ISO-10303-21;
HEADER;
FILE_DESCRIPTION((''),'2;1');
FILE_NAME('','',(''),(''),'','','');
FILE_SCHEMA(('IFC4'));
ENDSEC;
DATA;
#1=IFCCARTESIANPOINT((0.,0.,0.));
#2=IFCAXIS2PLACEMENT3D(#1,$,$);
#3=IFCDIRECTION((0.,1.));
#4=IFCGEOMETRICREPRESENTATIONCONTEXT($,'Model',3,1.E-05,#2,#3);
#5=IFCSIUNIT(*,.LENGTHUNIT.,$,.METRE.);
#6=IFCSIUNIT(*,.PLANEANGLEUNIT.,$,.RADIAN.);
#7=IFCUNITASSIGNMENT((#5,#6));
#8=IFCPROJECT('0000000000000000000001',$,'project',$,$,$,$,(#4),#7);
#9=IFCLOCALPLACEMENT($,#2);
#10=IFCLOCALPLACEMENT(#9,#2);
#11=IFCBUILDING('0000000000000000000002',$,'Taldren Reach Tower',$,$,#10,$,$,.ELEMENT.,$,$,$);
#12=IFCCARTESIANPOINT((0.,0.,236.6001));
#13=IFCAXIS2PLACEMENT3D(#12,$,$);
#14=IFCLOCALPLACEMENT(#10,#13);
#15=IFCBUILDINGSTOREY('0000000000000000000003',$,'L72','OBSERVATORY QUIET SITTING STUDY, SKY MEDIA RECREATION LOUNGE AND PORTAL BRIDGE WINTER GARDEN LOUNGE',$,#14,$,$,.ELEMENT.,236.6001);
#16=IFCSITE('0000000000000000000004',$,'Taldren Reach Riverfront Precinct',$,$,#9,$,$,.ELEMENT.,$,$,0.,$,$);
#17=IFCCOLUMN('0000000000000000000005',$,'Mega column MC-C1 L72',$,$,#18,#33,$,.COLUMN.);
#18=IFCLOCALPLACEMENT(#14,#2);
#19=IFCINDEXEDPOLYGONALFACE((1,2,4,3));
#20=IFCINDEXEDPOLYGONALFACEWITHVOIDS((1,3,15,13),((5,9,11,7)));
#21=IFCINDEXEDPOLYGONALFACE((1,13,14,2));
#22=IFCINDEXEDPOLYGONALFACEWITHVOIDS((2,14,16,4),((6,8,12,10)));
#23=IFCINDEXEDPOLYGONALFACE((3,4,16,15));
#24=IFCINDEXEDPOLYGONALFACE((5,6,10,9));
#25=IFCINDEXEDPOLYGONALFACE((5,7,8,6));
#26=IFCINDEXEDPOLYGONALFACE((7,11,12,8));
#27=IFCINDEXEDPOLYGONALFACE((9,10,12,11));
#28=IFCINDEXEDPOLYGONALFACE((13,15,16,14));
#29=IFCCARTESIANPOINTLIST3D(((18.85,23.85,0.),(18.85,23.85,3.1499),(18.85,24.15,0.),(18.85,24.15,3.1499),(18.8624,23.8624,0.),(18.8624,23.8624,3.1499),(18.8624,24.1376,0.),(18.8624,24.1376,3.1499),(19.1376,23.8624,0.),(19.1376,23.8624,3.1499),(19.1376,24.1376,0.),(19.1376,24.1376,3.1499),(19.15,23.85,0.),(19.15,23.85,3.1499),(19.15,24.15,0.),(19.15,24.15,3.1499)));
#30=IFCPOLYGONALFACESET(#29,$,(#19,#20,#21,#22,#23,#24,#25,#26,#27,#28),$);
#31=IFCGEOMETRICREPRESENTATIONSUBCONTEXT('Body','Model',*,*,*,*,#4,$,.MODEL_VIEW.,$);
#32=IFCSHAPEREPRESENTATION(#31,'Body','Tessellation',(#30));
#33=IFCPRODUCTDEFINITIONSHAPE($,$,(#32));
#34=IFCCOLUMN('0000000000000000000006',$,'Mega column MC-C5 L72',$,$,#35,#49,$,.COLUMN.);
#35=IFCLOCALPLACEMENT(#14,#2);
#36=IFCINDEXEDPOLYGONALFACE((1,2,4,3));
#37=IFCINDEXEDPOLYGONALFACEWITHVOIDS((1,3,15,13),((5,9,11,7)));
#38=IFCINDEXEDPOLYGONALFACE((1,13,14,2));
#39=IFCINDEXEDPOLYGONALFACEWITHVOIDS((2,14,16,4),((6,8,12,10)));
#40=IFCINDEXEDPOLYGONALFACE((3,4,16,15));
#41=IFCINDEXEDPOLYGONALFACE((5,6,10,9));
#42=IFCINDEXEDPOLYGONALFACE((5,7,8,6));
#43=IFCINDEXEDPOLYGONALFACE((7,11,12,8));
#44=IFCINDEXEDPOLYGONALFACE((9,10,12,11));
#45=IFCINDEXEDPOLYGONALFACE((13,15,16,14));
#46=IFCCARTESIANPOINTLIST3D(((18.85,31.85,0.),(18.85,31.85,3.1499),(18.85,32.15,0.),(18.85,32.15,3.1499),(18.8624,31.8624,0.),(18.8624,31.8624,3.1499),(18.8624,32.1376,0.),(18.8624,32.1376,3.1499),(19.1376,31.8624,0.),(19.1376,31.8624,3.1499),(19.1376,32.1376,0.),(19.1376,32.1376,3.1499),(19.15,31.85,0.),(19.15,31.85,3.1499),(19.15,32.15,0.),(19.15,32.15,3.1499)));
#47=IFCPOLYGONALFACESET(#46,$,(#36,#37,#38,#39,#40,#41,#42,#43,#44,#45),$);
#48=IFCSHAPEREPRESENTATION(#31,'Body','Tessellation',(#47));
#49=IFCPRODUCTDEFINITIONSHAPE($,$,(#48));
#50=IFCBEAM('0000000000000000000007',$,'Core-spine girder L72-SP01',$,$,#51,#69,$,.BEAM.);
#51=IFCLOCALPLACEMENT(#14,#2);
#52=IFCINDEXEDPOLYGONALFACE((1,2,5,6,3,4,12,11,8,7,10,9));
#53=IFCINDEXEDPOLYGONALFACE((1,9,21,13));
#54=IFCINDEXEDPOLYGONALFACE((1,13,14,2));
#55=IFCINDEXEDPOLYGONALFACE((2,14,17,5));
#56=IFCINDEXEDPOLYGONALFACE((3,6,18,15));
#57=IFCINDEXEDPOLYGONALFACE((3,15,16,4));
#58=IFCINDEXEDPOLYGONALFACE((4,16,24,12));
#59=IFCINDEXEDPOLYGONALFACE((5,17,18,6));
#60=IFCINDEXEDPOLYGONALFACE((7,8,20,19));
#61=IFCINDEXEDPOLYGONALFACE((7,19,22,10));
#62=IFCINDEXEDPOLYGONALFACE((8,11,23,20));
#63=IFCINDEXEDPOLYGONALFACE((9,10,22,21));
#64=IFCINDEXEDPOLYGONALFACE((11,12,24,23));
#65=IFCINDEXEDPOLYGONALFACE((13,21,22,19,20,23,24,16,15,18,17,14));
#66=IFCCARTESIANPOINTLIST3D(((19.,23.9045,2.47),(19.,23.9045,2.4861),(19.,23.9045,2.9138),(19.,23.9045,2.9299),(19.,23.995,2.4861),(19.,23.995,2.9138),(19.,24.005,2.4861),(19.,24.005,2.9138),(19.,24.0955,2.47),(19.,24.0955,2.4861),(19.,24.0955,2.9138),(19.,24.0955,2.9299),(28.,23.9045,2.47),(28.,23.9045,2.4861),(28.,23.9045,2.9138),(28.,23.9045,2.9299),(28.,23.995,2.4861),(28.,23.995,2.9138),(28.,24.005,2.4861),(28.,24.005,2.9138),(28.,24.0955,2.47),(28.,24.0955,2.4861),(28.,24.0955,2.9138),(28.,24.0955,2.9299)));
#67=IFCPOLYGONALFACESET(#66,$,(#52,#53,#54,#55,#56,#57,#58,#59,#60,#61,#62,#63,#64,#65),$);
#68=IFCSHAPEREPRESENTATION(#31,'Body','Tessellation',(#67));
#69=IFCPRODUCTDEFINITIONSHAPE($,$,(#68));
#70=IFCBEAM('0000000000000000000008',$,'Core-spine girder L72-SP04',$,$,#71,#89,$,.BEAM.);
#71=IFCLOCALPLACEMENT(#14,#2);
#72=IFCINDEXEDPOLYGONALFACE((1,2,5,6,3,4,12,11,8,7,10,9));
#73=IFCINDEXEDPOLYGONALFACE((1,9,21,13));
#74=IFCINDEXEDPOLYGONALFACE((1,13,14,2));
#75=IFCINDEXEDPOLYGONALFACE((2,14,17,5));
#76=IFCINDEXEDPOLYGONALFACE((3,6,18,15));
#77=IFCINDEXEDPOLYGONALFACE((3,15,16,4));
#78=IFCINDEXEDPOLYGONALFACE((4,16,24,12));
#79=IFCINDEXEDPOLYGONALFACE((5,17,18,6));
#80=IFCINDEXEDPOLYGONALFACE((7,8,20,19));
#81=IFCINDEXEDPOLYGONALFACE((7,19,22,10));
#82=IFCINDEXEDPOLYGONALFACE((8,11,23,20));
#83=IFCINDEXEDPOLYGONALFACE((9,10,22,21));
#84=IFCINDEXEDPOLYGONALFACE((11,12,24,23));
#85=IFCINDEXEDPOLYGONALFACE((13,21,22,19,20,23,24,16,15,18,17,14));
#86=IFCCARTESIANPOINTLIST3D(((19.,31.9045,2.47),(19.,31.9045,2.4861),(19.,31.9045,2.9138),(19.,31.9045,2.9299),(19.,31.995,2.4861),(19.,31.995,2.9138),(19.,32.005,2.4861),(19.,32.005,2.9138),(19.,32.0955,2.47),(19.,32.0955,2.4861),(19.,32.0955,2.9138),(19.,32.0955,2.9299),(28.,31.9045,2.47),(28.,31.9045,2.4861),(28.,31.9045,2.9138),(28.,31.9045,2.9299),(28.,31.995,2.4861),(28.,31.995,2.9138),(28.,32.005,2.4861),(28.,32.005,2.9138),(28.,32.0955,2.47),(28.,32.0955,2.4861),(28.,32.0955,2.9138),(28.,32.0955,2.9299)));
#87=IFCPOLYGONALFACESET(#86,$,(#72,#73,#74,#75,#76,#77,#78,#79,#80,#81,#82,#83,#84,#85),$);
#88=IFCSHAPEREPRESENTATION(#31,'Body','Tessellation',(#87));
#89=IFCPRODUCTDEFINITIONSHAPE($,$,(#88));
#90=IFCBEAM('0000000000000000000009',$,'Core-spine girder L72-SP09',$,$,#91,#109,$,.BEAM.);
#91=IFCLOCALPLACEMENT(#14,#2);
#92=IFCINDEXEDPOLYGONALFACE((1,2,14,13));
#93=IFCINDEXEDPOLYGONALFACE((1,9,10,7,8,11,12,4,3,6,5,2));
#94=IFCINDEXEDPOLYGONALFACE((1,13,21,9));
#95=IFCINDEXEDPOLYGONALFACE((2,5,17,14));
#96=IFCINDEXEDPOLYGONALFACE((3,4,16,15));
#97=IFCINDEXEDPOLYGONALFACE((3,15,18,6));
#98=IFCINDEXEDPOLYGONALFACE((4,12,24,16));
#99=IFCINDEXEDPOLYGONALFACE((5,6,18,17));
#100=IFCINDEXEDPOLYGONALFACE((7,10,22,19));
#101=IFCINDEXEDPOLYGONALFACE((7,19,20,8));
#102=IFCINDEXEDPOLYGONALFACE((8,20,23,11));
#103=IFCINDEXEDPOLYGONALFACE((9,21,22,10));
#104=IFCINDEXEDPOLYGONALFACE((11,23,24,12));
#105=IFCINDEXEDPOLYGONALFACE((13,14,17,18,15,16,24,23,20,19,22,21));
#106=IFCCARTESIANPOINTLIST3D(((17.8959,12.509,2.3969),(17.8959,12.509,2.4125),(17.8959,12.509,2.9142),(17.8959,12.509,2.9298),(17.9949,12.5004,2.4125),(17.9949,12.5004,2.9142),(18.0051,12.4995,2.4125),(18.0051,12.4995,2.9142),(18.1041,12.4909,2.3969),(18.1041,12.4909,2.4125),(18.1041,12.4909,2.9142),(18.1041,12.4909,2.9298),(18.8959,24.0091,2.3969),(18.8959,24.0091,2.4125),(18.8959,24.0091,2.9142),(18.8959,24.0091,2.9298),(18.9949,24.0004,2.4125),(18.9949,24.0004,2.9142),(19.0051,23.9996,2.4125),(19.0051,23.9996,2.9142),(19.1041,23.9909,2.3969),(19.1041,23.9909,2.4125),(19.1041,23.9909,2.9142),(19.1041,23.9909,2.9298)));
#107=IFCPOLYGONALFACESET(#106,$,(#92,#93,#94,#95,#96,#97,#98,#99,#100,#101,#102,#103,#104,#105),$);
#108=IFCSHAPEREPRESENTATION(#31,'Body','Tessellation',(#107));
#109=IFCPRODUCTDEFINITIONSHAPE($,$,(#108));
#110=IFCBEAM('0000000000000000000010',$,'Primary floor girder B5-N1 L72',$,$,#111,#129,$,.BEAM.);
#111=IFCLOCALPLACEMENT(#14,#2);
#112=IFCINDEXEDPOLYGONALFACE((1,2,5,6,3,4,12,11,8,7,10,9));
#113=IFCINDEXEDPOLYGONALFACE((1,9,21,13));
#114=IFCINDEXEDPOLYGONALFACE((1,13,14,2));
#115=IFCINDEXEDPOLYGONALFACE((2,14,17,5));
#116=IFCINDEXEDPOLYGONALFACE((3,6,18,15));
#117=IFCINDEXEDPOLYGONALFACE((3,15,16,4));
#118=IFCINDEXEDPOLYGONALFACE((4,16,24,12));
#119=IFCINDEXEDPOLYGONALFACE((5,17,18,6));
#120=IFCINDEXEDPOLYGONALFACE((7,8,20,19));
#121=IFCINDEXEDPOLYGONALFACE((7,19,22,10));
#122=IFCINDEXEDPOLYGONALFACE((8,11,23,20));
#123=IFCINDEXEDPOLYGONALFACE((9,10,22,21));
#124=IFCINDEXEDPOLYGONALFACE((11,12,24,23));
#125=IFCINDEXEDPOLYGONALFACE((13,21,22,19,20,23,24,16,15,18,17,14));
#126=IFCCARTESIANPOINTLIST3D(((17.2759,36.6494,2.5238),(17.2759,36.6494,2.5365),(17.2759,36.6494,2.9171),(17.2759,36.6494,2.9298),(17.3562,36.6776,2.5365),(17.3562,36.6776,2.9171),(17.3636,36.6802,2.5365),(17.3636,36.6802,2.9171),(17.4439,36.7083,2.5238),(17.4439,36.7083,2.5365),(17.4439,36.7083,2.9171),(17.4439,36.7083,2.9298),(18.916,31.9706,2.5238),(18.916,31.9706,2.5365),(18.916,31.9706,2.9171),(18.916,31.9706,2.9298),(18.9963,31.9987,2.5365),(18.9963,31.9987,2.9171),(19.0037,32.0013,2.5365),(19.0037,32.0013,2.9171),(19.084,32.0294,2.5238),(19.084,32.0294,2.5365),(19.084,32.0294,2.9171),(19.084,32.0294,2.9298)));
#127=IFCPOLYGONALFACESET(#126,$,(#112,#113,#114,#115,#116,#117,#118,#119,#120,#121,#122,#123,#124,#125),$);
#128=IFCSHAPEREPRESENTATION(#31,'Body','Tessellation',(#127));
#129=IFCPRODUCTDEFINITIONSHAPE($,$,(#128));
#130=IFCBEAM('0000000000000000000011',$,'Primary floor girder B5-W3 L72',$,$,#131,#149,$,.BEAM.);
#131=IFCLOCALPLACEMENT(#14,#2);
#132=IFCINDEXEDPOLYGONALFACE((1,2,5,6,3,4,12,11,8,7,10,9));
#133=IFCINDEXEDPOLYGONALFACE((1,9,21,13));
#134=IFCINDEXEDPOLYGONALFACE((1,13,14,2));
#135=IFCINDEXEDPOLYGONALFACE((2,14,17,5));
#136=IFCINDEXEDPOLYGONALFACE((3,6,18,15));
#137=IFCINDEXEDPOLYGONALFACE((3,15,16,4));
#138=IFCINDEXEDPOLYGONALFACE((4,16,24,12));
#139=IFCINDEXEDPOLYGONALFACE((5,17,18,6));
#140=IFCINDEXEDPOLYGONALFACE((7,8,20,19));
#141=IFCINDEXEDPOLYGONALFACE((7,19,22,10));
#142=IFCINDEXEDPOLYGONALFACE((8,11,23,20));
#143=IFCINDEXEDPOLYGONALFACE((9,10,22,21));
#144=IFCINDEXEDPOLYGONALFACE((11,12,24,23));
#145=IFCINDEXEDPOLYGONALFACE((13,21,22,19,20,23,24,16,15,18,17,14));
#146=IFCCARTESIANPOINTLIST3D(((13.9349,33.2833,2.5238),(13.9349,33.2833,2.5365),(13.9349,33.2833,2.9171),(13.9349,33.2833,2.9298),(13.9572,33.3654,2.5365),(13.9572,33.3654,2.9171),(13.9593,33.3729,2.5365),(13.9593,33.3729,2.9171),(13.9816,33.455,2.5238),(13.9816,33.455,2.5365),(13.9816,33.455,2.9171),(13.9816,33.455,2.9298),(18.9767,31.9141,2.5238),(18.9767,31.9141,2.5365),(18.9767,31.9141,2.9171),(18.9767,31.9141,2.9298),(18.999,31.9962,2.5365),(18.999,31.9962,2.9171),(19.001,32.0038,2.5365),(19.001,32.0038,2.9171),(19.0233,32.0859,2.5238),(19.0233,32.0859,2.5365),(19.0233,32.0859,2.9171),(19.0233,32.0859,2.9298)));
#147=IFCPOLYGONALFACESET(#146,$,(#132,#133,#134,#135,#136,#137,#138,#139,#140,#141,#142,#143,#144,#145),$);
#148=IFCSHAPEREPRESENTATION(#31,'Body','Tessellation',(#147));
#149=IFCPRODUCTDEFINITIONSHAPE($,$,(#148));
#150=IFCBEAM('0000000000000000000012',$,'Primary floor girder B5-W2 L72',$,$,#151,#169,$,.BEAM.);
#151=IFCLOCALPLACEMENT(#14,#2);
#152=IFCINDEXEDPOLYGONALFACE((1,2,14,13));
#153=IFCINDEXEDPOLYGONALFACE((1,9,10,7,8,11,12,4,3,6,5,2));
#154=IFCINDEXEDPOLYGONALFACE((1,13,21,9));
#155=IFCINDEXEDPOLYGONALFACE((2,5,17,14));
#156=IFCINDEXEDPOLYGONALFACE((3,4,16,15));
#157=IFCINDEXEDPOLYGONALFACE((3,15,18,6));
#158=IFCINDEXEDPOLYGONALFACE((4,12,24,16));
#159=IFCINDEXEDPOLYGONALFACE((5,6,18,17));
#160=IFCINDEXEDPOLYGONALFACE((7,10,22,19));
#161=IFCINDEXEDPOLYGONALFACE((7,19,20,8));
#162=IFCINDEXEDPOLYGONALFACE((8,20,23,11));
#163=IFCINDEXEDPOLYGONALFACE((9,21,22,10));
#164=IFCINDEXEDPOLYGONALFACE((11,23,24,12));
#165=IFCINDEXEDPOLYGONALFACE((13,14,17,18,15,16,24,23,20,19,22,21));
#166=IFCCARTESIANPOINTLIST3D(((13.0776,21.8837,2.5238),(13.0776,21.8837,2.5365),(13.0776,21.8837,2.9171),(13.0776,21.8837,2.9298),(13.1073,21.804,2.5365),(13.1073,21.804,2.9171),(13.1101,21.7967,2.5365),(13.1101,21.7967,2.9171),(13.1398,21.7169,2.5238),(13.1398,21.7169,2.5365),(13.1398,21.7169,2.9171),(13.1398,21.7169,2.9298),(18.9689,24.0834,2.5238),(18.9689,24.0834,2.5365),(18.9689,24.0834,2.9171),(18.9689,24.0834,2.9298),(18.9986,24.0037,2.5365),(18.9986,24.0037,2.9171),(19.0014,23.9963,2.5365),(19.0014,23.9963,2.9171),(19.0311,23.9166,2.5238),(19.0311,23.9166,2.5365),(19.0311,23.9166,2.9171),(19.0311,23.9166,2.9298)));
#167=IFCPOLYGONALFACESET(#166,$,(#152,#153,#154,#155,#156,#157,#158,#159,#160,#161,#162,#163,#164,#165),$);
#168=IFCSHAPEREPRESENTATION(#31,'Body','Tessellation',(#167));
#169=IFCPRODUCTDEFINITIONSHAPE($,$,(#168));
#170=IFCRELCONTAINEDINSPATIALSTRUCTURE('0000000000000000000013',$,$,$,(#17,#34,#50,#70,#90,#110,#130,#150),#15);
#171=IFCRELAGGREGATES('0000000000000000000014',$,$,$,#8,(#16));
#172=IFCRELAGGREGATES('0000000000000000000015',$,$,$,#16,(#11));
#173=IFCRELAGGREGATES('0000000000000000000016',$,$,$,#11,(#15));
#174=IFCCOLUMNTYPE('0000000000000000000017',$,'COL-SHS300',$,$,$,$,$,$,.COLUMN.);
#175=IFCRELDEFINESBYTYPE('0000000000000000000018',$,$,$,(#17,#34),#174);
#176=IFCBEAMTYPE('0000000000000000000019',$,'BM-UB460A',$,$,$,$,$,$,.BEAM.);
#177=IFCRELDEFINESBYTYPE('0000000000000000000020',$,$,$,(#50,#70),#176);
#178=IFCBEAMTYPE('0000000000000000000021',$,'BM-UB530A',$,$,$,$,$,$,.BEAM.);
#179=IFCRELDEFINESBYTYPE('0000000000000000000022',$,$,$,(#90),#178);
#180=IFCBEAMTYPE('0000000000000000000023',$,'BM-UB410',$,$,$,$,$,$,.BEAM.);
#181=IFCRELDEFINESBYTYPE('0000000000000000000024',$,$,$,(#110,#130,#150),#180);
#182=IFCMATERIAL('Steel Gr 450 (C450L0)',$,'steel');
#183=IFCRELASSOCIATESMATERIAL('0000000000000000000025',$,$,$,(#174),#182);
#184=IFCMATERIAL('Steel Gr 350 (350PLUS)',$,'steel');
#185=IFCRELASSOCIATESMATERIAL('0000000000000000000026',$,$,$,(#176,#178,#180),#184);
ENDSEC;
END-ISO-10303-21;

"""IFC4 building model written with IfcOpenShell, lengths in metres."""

from ifc_helpers import new_model, si_unit, direction, frame, origin, origin_2d, place, context, subcontext, project, spatial, hollow_rectangle, i_section, extrude, source, transform, mapped, material, material_profile, profile_set, type_object, element, save


model = new_model("IFC4")

# Units and contexts
model_context = context("Model", 3, precision=1e-05, world=origin(), true_north=direction((0.0, 1.0)))
body_context = subcontext(model_context, "Body", "Model", "MODEL_VIEW")
ifc_project = project(units=[si_unit("LENGTHUNIT", "METRE"), si_unit("PLANEANGLEUNIT", "RADIAN")], contexts=[model_context])

# Site, building, storey
site_placement = place(None, origin())
site = spatial("IfcSite", under=ifc_project, at=site_placement, Name="Taldren Reach Riverfront Precinct", CompositionType="ELEMENT", RefElevation=0.0)
building_placement = place(site_placement, origin())
building = spatial("IfcBuilding", under=site, at=building_placement, Name="Taldren Reach Tower", CompositionType="ELEMENT")
storey_placement = place(building_placement, frame((0.0, 0.0, 236.6001)))
storey = spatial("IfcBuildingStorey", under=building, at=storey_placement, Name="L72", Description="OBSERVATORY QUIET SITTING STUDY, SKY MEDIA RECREATION LOUNGE AND PORTAL BRIDGE WINTER GARDEN LOUNGE", CompositionType="ELEMENT", Elevation=236.6001)

# Columns
ifc_material_1 = material(Name="Steel Gr 450 (C450L0)", Category="steel")
ifc_material_profile_1 = material_profile(ifc_material_1, hollow_rectangle(XDim=0.3, YDim=0.3, WallThickness=0.0125, at=origin_2d()), Name="300x300x12.5SHS")
ifc_profile_set_1 = profile_set([ifc_material_profile_1], Name="Steel Gr 450 (C450L0)")
column_type = type_object("IfcColumnType", Name="COL-SHS300", PredefinedType="COLUMN", material=ifc_profile_set_1)
shared_shape_1 = source(origin(), body_context, "Body", "SweptSolid", [
    extrude(hollow_rectangle(XDim=0.3, YDim=0.3, WallThickness=0.0125, at=origin_2d()), origin(), (0.0, 0.0, 1.0), 3.1499),
])
for number, where, z_axis, x_axis, name in (
    (1, (19.0, 24.0, 0.0), (0.0, 0.0, 1.0), (1.0, 0.0, 0.0), "Mega column MC-C1 L72"),
    (2, (19.0, 32.0, 0.0), (0.0, 0.0, 1.0), (1.0, 0.0, 0.0), "Mega column MC-C5 L72"),
):
    element("IfcColumn", number, at=place(storey_placement, frame(where, z_axis=z_axis, x_axis=x_axis)), inside=storey, type_object=column_type, Name=name, PredefinedType="COLUMN", context=body_context, shape_type="MappedRepresentation", body=[
        mapped(shared_shape_1, transform((0.0, 0.0, 0.0), scale=1.0)),
    ])

# Beams
ifc_material_2 = material(Name="Steel Gr 350 (350PLUS)", Category="steel")
ifc_material_profile_2 = material_profile(ifc_material_2, i_section(OverallWidth=0.1909, OverallDepth=0.46, WebThickness=0.01, FlangeThickness=0.0161, at=origin_2d()), Name="460UB82.1")
ifc_profile_set_2 = profile_set([ifc_material_profile_2], Name="Steel Gr 350 (350PLUS)")
beam_type_1 = type_object("IfcBeamType", Name="BM-UB460A", PredefinedType="BEAM", material=ifc_profile_set_2)
shared_shape_2 = source(origin(), body_context, "Body", "SweptSolid", [
    extrude(i_section(OverallWidth=0.1909, OverallDepth=0.46, WebThickness=0.01, FlangeThickness=0.0161, at=origin_2d()), origin(), (0.0, 0.0, 1.0), 9.0),
])
for number, where, z_axis, x_axis, name in (
    (3, (19.0, 24.0, 2.7), (1.0, 0.0, 0.0), (0.0, 1.0, 0.0), "Core-spine girder L72-SP01"),
    (4, (19.0, 32.0, 2.7), (1.0, 0.0, 0.0), (0.0, 1.0, 0.0), "Core-spine girder L72-SP04"),
):
    element("IfcBeam", number, at=place(storey_placement, frame(where, z_axis=z_axis, x_axis=x_axis)), inside=storey, type_object=beam_type_1, Name=name, PredefinedType="BEAM", context=body_context, shape_type="MappedRepresentation", body=[
        mapped(shared_shape_2, transform((0.0, 0.0, 0.0), scale=1.0)),
    ])
ifc_material_profile_3 = material_profile(ifc_material_2, i_section(OverallWidth=0.209, OverallDepth=0.533, WebThickness=0.0103, FlangeThickness=0.0156, at=origin_2d()), Name="530UB92.4")
ifc_profile_set_3 = profile_set([ifc_material_profile_3], Name="Steel Gr 350 (350PLUS)")
beam_type_2 = type_object("IfcBeamType", Name="BM-UB530A", PredefinedType="BEAM", material=ifc_profile_set_3)
shared_shape_3 = source(origin(), body_context, "Body", "SweptSolid", [
    extrude(i_section(OverallWidth=0.209, OverallDepth=0.533, WebThickness=0.0103, FlangeThickness=0.0156, at=origin_2d()), origin(), (0.0, 0.0, 1.0), 11.5435),
])
beam_1_placement = place(storey_placement, frame((19.0, 24.0, 2.6633), z_axis=(-0.08663, -0.996241, 0.0), x_axis=(0.996241, -0.08663, 0.0)))
element("IfcBeam", 5, at=beam_1_placement, inside=storey, type_object=beam_type_2, Name="Core-spine girder L72-SP09", PredefinedType="BEAM", context=body_context, shape_type="MappedRepresentation", body=[
    mapped(shared_shape_3, transform((0.0, 0.0, 0.0), scale=1.0)),
])
ifc_material_profile_4 = material_profile(ifc_material_2, i_section(OverallWidth=0.178, OverallDepth=0.406, WebThickness=0.0078, FlangeThickness=0.0127, at=origin_2d()), Name="410UB59.7")
ifc_profile_set_4 = profile_set([ifc_material_profile_4], Name="Steel Gr 350 (350PLUS)")
beam_type_3 = type_object("IfcBeamType", Name="BM-UB410", PredefinedType="BEAM", material=ifc_profile_set_4)
shared_shape_4 = source(origin(), body_context, "Body", "SweptSolid", [
    extrude(i_section(OverallWidth=0.178, OverallDepth=0.406, WebThickness=0.0078, FlangeThickness=0.0127, at=origin_2d()), origin(), (0.0, 0.0, 1.0), 4.958),
])
beam_2_placement = place(storey_placement, frame((19.0, 32.0, 2.7268), z_axis=(-0.3308, 0.943701, 0.0), x_axis=(-0.943701, -0.3308, 0.0)))
element("IfcBeam", 6, at=beam_2_placement, inside=storey, type_object=beam_type_3, Name="Primary floor girder B5-N1 L72", PredefinedType="BEAM", context=body_context, shape_type="MappedRepresentation", body=[
    mapped(shared_shape_4, transform((0.0, 0.0, 0.0), scale=1.0)),
])
shared_shape_5 = source(origin(), body_context, "Body", "SweptSolid", [
    extrude(i_section(OverallWidth=0.178, OverallDepth=0.406, WebThickness=0.0078, FlangeThickness=0.0127, at=origin_2d()), origin(), (0.0, 0.0, 1.0), 5.2244),
])
beam_3_placement = place(storey_placement, frame((19.0, 32.0, 2.7268), z_axis=(-0.965049, 0.262069, 0.0), x_axis=(-0.262069, -0.965049, 0.0)))
element("IfcBeam", 7, at=beam_3_placement, inside=storey, type_object=beam_type_3, Name="Primary floor girder B5-W3 L72", PredefinedType="BEAM", context=body_context, shape_type="MappedRepresentation", body=[
    mapped(shared_shape_5, transform((0.0, 0.0, 0.0), scale=1.0)),
])
shared_shape_6 = source(origin(), body_context, "Body", "SweptSolid", [
    extrude(i_section(OverallWidth=0.178, OverallDepth=0.406, WebThickness=0.0078, FlangeThickness=0.0127, at=origin_2d()), origin(), (0.0, 0.0, 1.0), 6.2886),
])
beam_4_placement = place(storey_placement, frame((19.0, 24.0, 2.7268), z_axis=(-0.936828, -0.349791, 0.0), x_axis=(0.349791, -0.936828, 0.0)))
element("IfcBeam", 8, at=beam_4_placement, inside=storey, type_object=beam_type_3, Name="Primary floor girder B5-W2 L72", PredefinedType="BEAM", context=body_context, shape_type="MappedRepresentation", body=[
    mapped(shared_shape_6, transform((0.0, 0.0, 0.0), scale=1.0)),
])

save(model, "model.ifc")
